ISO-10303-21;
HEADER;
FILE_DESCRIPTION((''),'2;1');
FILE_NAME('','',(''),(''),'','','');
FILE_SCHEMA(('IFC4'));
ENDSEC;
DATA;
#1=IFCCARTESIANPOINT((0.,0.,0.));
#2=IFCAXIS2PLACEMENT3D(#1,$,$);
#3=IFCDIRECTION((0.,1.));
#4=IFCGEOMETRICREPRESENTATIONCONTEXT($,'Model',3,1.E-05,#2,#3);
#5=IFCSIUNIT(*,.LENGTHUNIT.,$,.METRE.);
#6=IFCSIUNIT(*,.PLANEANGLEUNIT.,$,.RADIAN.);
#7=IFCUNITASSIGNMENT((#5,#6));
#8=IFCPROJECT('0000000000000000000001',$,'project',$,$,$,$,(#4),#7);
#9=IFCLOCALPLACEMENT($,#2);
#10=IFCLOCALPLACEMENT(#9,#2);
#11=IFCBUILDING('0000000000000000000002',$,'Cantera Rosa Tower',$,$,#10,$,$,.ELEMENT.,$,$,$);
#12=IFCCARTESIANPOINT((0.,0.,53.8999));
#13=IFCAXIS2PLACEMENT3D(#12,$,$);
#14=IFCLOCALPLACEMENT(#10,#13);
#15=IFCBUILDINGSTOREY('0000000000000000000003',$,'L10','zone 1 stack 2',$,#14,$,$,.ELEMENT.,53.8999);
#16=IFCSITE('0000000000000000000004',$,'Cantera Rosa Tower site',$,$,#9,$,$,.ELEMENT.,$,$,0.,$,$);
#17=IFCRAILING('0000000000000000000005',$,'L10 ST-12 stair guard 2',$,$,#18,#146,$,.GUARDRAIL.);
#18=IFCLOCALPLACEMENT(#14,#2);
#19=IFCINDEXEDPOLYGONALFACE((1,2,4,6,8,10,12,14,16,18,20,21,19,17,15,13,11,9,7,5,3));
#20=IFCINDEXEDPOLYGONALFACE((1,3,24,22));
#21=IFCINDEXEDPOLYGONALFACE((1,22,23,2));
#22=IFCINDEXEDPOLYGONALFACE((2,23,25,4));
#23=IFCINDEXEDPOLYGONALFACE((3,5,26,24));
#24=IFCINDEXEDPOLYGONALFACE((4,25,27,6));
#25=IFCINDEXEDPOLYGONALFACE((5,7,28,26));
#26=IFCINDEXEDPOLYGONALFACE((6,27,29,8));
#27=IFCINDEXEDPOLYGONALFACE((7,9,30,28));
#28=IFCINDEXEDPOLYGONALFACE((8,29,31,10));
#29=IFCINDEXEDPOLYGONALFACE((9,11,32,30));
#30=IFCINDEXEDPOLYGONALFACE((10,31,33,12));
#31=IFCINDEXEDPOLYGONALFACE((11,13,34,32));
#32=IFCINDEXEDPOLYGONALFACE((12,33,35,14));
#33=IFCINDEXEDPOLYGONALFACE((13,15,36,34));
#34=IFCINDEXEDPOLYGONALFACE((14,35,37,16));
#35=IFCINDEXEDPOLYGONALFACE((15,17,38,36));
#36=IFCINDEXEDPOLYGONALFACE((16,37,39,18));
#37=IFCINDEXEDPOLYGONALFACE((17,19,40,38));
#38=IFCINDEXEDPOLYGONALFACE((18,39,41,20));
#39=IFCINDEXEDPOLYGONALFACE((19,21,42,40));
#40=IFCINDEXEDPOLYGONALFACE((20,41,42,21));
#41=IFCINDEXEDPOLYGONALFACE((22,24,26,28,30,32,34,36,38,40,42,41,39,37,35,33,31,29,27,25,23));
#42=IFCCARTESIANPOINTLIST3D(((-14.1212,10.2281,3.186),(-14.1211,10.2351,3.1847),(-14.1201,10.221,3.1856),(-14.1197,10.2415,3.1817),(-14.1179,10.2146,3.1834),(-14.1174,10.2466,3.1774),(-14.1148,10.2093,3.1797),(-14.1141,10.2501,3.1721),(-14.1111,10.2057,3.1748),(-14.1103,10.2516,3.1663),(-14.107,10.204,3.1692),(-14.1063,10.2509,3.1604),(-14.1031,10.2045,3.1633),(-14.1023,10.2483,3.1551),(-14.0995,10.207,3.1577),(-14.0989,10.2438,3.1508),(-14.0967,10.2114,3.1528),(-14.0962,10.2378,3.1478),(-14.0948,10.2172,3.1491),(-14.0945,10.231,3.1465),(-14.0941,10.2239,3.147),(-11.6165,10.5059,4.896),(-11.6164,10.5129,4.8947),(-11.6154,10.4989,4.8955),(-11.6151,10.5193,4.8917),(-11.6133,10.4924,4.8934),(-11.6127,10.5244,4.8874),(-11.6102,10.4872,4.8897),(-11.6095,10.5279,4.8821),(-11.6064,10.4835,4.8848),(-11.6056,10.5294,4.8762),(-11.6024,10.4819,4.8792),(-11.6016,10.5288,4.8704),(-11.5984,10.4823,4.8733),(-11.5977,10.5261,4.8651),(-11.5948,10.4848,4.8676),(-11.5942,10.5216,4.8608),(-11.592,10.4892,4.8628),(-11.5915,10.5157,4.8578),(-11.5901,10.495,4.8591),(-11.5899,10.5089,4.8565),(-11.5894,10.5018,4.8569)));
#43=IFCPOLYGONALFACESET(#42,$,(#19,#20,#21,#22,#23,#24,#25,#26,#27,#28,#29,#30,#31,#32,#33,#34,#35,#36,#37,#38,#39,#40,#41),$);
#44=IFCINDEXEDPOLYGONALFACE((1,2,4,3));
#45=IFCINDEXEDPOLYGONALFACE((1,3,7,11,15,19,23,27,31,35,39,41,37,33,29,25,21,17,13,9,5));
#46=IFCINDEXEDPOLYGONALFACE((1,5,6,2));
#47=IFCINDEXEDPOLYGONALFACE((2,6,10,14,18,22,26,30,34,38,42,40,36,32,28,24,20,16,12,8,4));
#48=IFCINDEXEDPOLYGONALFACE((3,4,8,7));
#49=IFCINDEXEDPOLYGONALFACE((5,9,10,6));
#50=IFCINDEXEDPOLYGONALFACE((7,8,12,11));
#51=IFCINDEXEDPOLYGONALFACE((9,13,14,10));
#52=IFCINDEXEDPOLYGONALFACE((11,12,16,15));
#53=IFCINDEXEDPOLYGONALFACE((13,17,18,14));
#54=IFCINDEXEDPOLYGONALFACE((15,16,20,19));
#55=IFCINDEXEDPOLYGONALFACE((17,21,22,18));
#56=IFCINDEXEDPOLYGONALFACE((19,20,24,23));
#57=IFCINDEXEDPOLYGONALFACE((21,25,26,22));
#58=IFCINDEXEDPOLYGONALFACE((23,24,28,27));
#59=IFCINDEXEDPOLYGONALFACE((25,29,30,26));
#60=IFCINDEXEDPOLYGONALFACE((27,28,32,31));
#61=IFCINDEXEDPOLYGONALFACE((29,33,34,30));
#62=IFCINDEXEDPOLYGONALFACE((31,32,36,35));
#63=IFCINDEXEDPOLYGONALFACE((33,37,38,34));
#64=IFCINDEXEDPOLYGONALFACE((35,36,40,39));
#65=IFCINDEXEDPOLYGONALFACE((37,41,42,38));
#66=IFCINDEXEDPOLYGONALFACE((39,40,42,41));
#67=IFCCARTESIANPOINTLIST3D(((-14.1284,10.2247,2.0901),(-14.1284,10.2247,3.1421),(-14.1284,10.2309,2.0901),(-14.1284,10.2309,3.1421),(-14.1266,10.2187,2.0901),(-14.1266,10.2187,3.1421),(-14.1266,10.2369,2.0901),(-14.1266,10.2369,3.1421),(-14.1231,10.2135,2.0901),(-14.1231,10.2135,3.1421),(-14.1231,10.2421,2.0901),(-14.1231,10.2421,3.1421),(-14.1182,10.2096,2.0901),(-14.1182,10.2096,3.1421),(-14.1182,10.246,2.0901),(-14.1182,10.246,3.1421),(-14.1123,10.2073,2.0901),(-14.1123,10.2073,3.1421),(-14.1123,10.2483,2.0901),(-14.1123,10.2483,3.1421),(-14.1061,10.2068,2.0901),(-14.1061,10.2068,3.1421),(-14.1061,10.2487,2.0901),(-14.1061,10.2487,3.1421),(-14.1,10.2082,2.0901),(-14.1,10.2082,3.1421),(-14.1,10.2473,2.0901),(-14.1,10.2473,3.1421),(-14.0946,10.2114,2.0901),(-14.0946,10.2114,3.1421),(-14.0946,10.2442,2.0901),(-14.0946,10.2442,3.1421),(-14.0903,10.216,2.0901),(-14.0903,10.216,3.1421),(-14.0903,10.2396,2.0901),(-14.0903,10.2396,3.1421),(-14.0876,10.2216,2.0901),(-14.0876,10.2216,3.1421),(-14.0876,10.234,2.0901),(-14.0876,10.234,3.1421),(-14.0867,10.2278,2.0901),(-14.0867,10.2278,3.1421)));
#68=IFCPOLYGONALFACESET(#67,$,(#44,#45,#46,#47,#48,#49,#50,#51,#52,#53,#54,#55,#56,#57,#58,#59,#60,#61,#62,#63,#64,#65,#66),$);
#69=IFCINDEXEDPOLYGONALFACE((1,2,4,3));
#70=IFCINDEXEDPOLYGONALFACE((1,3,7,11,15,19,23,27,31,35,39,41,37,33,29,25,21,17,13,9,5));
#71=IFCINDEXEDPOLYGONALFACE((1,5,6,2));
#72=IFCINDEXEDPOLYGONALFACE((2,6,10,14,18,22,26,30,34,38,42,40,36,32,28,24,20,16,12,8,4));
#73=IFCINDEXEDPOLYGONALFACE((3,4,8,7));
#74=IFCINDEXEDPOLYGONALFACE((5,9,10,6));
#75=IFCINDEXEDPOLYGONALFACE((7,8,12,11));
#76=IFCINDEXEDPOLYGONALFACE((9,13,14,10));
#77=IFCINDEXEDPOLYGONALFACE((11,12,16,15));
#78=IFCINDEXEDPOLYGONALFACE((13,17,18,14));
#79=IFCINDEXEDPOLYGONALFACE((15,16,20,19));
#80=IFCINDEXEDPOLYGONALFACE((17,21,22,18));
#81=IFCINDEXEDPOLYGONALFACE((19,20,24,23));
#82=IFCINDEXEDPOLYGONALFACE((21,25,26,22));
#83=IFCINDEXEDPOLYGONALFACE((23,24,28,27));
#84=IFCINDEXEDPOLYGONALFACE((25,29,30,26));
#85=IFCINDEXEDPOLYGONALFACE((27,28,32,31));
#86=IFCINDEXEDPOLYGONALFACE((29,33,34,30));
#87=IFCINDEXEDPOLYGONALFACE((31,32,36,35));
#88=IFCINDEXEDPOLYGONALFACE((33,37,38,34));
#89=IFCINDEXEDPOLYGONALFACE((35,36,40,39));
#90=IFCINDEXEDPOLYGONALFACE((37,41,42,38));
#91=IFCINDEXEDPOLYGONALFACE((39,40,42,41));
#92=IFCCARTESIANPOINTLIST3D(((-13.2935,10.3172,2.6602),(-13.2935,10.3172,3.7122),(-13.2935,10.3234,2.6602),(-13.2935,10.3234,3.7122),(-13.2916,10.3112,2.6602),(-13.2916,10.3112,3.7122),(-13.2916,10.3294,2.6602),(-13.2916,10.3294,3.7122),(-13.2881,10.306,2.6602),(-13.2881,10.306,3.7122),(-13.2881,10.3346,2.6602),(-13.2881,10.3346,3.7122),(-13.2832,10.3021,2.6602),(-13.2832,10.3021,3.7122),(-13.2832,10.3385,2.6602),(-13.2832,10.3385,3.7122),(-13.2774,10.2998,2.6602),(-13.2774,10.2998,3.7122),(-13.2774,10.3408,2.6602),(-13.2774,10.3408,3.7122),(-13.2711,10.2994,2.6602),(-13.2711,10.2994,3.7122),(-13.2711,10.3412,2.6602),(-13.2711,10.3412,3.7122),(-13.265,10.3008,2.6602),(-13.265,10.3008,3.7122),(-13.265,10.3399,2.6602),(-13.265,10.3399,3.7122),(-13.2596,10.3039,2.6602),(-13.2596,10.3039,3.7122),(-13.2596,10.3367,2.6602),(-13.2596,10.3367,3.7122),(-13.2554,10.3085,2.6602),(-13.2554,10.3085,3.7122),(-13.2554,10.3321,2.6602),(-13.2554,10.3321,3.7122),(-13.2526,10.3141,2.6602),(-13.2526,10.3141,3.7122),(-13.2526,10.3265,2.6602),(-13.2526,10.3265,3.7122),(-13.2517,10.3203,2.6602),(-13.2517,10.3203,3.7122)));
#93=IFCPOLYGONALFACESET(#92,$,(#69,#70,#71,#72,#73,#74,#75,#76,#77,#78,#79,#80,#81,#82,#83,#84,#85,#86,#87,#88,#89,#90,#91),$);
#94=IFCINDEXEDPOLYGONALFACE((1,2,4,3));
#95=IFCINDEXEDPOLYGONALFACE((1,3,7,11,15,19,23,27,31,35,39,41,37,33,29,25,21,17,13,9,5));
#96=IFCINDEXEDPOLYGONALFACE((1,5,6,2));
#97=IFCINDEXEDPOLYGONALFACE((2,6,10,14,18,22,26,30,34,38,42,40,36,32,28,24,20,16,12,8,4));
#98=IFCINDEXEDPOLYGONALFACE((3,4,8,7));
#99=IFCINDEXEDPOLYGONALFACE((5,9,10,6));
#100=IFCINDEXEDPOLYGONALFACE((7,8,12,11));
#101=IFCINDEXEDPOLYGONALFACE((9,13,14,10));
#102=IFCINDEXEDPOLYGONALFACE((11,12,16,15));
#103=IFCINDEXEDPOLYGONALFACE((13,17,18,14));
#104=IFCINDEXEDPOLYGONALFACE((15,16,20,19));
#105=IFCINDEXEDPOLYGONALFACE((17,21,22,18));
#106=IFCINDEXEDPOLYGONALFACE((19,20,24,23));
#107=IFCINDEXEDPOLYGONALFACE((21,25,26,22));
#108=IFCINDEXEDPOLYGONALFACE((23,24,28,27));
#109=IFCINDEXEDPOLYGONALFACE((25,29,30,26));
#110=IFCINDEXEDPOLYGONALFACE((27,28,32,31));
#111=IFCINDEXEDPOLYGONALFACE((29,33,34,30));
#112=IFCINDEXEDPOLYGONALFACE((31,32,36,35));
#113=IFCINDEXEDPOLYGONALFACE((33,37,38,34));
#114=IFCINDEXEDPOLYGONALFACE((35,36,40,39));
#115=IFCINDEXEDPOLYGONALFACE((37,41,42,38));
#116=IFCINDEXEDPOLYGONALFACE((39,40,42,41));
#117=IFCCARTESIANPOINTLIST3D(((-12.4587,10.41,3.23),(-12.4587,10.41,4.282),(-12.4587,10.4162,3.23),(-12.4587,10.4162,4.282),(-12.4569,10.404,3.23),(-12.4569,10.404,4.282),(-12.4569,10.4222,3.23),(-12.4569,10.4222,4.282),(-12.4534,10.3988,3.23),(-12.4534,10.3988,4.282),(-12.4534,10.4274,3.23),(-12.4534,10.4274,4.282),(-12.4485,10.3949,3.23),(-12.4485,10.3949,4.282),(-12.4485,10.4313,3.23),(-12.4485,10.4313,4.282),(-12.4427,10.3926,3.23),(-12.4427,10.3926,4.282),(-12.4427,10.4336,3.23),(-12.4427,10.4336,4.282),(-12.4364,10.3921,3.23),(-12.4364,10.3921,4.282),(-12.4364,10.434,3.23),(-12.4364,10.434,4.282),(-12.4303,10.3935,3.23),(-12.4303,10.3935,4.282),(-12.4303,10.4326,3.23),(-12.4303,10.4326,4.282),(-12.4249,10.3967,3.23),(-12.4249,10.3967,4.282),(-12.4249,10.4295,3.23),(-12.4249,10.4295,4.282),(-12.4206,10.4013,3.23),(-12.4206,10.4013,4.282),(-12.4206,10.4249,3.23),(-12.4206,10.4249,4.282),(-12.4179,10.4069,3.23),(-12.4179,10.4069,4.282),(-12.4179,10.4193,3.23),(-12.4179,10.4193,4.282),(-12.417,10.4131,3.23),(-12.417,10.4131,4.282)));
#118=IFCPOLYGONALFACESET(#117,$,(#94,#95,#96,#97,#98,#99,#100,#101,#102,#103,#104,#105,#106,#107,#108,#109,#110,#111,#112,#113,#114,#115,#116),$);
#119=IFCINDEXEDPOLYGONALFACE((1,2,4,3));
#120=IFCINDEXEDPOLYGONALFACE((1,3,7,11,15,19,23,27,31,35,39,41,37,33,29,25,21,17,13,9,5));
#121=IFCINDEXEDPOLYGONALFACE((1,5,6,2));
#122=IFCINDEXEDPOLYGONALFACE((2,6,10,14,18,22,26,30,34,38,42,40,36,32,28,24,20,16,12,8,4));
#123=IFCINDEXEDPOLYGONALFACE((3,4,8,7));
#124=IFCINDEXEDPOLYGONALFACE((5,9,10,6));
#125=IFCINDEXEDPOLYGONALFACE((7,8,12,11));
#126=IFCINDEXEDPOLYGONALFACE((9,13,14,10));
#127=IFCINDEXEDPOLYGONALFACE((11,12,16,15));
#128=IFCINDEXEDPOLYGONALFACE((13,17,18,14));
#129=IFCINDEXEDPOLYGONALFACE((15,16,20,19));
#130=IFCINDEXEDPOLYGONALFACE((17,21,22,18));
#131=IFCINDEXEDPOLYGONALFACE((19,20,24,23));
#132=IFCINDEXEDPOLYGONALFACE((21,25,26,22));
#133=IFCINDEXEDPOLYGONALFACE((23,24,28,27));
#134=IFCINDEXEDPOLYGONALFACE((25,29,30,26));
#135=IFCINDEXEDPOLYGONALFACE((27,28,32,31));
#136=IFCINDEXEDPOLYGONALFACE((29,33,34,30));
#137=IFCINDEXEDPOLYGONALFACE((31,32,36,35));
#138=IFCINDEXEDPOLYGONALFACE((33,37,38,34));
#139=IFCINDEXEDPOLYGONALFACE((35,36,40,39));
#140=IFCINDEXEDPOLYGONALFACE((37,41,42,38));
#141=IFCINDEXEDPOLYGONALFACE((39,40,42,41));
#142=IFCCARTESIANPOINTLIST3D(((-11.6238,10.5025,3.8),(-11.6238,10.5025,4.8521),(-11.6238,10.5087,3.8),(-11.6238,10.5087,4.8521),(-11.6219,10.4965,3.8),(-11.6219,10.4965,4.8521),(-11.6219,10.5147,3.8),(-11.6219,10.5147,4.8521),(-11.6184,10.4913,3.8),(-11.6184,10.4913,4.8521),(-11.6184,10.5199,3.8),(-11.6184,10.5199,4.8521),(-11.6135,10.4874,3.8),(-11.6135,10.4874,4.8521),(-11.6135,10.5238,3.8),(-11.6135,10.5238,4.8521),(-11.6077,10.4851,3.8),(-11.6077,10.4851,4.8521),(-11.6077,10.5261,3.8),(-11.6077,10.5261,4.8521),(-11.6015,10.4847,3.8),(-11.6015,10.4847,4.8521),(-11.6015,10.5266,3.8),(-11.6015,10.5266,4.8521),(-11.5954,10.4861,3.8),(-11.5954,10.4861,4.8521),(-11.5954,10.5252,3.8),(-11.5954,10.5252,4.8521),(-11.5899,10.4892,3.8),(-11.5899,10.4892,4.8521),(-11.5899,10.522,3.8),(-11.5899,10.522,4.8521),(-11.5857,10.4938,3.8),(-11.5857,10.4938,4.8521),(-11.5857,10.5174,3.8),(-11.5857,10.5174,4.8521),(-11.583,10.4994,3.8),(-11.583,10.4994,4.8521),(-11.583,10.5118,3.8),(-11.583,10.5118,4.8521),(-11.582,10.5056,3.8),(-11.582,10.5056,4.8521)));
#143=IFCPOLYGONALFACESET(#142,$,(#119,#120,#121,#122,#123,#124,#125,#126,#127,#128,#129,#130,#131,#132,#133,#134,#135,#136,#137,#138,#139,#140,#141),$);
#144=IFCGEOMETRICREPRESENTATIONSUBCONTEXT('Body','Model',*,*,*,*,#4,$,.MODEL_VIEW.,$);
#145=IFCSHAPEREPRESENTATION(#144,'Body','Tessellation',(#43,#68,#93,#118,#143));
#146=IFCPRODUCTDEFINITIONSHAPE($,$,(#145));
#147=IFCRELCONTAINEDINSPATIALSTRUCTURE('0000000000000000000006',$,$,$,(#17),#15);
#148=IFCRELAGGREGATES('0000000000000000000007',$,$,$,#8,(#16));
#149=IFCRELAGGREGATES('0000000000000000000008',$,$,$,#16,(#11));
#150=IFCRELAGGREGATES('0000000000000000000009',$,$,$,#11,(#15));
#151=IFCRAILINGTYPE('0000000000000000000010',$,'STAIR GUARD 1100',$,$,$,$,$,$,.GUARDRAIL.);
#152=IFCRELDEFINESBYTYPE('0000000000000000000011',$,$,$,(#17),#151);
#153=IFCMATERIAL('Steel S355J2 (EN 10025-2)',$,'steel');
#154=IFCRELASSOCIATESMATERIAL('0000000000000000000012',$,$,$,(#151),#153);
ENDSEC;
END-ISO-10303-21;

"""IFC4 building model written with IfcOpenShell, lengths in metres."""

from ifc_helpers import new_model, si_unit, direction, frame, origin, origin_2d, place, context, subcontext, project, spatial, circle, extrude, material, type_object, element, save


model = new_model("IFC4")

# Units and contexts
model_context = context("Model", 3, precision=1e-05, world=origin(), true_north=direction((0.0, 1.0)))
body_context = subcontext(model_context, "Body", "Model", "MODEL_VIEW")
ifc_project = project(units=[si_unit("LENGTHUNIT", "METRE"), si_unit("PLANEANGLEUNIT", "RADIAN")], contexts=[model_context])

# Site, building, storey
site_placement = place(None, origin())
site = spatial("IfcSite", under=ifc_project, at=site_placement, Name="Cantera Rosa Tower site", CompositionType="ELEMENT", RefElevation=0.0)
building_placement = place(site_placement, origin())
building = spatial("IfcBuilding", under=site, at=building_placement, Name="Cantera Rosa Tower", CompositionType="ELEMENT")
storey_placement = place(building_placement, frame((0.0, 0.0, 53.8999)))
storey = spatial("IfcBuildingStorey", under=building, at=storey_placement, Name="L10", Description="zone 1 stack 2", CompositionType="ELEMENT", Elevation=53.8999)

# Railing
ifc_material_1 = material(Name="Steel S355J2 (EN 10025-2)", Category="steel")
railing_type_1 = type_object("IfcRailingType", Name="STAIR GUARD 1100", PredefinedType="GUARDRAIL", material=ifc_material_1)
railing_1_placement = place(storey_placement, frame((-14.1077, 10.2278, 2.0901)))
element("IfcRailing", 1, at=railing_1_placement, inside=storey, type_object=railing_type_1, Name="L10 ST-12 stair guard 2", PredefinedType="GUARDRAIL", context=body_context, shape_type="SweptSolid", body=[
    extrude(circle(Radius=0.0239, at=origin_2d()), frame((0.0, 0.0, 1.0762), z_axis=(0.822437, 0.091231, 0.561492), x_axis=(-0.110251, 0.993904, 0.0)), (0.0, 0.0, 1.0), 3.0454),
    extrude(circle(Radius=0.021, at=origin_2d()), origin(), (0.0, 0.0, 1.0), 1.052),
    extrude(circle(Radius=0.021, at=origin_2d()), frame((0.835, 0.0925, 0.5701)), (0.0, 0.0, 1.0), 1.052),
    extrude(circle(Radius=0.021, at=origin_2d()), frame((1.6697, 0.1853, 1.1399)), (0.0, 0.0, 1.0), 1.052),
    extrude(circle(Radius=0.021, at=origin_2d()), frame((2.5046, 0.2778, 1.71)), (0.0, 0.0, 1.0), 1.052),
])

save(model, "model.ifc")
